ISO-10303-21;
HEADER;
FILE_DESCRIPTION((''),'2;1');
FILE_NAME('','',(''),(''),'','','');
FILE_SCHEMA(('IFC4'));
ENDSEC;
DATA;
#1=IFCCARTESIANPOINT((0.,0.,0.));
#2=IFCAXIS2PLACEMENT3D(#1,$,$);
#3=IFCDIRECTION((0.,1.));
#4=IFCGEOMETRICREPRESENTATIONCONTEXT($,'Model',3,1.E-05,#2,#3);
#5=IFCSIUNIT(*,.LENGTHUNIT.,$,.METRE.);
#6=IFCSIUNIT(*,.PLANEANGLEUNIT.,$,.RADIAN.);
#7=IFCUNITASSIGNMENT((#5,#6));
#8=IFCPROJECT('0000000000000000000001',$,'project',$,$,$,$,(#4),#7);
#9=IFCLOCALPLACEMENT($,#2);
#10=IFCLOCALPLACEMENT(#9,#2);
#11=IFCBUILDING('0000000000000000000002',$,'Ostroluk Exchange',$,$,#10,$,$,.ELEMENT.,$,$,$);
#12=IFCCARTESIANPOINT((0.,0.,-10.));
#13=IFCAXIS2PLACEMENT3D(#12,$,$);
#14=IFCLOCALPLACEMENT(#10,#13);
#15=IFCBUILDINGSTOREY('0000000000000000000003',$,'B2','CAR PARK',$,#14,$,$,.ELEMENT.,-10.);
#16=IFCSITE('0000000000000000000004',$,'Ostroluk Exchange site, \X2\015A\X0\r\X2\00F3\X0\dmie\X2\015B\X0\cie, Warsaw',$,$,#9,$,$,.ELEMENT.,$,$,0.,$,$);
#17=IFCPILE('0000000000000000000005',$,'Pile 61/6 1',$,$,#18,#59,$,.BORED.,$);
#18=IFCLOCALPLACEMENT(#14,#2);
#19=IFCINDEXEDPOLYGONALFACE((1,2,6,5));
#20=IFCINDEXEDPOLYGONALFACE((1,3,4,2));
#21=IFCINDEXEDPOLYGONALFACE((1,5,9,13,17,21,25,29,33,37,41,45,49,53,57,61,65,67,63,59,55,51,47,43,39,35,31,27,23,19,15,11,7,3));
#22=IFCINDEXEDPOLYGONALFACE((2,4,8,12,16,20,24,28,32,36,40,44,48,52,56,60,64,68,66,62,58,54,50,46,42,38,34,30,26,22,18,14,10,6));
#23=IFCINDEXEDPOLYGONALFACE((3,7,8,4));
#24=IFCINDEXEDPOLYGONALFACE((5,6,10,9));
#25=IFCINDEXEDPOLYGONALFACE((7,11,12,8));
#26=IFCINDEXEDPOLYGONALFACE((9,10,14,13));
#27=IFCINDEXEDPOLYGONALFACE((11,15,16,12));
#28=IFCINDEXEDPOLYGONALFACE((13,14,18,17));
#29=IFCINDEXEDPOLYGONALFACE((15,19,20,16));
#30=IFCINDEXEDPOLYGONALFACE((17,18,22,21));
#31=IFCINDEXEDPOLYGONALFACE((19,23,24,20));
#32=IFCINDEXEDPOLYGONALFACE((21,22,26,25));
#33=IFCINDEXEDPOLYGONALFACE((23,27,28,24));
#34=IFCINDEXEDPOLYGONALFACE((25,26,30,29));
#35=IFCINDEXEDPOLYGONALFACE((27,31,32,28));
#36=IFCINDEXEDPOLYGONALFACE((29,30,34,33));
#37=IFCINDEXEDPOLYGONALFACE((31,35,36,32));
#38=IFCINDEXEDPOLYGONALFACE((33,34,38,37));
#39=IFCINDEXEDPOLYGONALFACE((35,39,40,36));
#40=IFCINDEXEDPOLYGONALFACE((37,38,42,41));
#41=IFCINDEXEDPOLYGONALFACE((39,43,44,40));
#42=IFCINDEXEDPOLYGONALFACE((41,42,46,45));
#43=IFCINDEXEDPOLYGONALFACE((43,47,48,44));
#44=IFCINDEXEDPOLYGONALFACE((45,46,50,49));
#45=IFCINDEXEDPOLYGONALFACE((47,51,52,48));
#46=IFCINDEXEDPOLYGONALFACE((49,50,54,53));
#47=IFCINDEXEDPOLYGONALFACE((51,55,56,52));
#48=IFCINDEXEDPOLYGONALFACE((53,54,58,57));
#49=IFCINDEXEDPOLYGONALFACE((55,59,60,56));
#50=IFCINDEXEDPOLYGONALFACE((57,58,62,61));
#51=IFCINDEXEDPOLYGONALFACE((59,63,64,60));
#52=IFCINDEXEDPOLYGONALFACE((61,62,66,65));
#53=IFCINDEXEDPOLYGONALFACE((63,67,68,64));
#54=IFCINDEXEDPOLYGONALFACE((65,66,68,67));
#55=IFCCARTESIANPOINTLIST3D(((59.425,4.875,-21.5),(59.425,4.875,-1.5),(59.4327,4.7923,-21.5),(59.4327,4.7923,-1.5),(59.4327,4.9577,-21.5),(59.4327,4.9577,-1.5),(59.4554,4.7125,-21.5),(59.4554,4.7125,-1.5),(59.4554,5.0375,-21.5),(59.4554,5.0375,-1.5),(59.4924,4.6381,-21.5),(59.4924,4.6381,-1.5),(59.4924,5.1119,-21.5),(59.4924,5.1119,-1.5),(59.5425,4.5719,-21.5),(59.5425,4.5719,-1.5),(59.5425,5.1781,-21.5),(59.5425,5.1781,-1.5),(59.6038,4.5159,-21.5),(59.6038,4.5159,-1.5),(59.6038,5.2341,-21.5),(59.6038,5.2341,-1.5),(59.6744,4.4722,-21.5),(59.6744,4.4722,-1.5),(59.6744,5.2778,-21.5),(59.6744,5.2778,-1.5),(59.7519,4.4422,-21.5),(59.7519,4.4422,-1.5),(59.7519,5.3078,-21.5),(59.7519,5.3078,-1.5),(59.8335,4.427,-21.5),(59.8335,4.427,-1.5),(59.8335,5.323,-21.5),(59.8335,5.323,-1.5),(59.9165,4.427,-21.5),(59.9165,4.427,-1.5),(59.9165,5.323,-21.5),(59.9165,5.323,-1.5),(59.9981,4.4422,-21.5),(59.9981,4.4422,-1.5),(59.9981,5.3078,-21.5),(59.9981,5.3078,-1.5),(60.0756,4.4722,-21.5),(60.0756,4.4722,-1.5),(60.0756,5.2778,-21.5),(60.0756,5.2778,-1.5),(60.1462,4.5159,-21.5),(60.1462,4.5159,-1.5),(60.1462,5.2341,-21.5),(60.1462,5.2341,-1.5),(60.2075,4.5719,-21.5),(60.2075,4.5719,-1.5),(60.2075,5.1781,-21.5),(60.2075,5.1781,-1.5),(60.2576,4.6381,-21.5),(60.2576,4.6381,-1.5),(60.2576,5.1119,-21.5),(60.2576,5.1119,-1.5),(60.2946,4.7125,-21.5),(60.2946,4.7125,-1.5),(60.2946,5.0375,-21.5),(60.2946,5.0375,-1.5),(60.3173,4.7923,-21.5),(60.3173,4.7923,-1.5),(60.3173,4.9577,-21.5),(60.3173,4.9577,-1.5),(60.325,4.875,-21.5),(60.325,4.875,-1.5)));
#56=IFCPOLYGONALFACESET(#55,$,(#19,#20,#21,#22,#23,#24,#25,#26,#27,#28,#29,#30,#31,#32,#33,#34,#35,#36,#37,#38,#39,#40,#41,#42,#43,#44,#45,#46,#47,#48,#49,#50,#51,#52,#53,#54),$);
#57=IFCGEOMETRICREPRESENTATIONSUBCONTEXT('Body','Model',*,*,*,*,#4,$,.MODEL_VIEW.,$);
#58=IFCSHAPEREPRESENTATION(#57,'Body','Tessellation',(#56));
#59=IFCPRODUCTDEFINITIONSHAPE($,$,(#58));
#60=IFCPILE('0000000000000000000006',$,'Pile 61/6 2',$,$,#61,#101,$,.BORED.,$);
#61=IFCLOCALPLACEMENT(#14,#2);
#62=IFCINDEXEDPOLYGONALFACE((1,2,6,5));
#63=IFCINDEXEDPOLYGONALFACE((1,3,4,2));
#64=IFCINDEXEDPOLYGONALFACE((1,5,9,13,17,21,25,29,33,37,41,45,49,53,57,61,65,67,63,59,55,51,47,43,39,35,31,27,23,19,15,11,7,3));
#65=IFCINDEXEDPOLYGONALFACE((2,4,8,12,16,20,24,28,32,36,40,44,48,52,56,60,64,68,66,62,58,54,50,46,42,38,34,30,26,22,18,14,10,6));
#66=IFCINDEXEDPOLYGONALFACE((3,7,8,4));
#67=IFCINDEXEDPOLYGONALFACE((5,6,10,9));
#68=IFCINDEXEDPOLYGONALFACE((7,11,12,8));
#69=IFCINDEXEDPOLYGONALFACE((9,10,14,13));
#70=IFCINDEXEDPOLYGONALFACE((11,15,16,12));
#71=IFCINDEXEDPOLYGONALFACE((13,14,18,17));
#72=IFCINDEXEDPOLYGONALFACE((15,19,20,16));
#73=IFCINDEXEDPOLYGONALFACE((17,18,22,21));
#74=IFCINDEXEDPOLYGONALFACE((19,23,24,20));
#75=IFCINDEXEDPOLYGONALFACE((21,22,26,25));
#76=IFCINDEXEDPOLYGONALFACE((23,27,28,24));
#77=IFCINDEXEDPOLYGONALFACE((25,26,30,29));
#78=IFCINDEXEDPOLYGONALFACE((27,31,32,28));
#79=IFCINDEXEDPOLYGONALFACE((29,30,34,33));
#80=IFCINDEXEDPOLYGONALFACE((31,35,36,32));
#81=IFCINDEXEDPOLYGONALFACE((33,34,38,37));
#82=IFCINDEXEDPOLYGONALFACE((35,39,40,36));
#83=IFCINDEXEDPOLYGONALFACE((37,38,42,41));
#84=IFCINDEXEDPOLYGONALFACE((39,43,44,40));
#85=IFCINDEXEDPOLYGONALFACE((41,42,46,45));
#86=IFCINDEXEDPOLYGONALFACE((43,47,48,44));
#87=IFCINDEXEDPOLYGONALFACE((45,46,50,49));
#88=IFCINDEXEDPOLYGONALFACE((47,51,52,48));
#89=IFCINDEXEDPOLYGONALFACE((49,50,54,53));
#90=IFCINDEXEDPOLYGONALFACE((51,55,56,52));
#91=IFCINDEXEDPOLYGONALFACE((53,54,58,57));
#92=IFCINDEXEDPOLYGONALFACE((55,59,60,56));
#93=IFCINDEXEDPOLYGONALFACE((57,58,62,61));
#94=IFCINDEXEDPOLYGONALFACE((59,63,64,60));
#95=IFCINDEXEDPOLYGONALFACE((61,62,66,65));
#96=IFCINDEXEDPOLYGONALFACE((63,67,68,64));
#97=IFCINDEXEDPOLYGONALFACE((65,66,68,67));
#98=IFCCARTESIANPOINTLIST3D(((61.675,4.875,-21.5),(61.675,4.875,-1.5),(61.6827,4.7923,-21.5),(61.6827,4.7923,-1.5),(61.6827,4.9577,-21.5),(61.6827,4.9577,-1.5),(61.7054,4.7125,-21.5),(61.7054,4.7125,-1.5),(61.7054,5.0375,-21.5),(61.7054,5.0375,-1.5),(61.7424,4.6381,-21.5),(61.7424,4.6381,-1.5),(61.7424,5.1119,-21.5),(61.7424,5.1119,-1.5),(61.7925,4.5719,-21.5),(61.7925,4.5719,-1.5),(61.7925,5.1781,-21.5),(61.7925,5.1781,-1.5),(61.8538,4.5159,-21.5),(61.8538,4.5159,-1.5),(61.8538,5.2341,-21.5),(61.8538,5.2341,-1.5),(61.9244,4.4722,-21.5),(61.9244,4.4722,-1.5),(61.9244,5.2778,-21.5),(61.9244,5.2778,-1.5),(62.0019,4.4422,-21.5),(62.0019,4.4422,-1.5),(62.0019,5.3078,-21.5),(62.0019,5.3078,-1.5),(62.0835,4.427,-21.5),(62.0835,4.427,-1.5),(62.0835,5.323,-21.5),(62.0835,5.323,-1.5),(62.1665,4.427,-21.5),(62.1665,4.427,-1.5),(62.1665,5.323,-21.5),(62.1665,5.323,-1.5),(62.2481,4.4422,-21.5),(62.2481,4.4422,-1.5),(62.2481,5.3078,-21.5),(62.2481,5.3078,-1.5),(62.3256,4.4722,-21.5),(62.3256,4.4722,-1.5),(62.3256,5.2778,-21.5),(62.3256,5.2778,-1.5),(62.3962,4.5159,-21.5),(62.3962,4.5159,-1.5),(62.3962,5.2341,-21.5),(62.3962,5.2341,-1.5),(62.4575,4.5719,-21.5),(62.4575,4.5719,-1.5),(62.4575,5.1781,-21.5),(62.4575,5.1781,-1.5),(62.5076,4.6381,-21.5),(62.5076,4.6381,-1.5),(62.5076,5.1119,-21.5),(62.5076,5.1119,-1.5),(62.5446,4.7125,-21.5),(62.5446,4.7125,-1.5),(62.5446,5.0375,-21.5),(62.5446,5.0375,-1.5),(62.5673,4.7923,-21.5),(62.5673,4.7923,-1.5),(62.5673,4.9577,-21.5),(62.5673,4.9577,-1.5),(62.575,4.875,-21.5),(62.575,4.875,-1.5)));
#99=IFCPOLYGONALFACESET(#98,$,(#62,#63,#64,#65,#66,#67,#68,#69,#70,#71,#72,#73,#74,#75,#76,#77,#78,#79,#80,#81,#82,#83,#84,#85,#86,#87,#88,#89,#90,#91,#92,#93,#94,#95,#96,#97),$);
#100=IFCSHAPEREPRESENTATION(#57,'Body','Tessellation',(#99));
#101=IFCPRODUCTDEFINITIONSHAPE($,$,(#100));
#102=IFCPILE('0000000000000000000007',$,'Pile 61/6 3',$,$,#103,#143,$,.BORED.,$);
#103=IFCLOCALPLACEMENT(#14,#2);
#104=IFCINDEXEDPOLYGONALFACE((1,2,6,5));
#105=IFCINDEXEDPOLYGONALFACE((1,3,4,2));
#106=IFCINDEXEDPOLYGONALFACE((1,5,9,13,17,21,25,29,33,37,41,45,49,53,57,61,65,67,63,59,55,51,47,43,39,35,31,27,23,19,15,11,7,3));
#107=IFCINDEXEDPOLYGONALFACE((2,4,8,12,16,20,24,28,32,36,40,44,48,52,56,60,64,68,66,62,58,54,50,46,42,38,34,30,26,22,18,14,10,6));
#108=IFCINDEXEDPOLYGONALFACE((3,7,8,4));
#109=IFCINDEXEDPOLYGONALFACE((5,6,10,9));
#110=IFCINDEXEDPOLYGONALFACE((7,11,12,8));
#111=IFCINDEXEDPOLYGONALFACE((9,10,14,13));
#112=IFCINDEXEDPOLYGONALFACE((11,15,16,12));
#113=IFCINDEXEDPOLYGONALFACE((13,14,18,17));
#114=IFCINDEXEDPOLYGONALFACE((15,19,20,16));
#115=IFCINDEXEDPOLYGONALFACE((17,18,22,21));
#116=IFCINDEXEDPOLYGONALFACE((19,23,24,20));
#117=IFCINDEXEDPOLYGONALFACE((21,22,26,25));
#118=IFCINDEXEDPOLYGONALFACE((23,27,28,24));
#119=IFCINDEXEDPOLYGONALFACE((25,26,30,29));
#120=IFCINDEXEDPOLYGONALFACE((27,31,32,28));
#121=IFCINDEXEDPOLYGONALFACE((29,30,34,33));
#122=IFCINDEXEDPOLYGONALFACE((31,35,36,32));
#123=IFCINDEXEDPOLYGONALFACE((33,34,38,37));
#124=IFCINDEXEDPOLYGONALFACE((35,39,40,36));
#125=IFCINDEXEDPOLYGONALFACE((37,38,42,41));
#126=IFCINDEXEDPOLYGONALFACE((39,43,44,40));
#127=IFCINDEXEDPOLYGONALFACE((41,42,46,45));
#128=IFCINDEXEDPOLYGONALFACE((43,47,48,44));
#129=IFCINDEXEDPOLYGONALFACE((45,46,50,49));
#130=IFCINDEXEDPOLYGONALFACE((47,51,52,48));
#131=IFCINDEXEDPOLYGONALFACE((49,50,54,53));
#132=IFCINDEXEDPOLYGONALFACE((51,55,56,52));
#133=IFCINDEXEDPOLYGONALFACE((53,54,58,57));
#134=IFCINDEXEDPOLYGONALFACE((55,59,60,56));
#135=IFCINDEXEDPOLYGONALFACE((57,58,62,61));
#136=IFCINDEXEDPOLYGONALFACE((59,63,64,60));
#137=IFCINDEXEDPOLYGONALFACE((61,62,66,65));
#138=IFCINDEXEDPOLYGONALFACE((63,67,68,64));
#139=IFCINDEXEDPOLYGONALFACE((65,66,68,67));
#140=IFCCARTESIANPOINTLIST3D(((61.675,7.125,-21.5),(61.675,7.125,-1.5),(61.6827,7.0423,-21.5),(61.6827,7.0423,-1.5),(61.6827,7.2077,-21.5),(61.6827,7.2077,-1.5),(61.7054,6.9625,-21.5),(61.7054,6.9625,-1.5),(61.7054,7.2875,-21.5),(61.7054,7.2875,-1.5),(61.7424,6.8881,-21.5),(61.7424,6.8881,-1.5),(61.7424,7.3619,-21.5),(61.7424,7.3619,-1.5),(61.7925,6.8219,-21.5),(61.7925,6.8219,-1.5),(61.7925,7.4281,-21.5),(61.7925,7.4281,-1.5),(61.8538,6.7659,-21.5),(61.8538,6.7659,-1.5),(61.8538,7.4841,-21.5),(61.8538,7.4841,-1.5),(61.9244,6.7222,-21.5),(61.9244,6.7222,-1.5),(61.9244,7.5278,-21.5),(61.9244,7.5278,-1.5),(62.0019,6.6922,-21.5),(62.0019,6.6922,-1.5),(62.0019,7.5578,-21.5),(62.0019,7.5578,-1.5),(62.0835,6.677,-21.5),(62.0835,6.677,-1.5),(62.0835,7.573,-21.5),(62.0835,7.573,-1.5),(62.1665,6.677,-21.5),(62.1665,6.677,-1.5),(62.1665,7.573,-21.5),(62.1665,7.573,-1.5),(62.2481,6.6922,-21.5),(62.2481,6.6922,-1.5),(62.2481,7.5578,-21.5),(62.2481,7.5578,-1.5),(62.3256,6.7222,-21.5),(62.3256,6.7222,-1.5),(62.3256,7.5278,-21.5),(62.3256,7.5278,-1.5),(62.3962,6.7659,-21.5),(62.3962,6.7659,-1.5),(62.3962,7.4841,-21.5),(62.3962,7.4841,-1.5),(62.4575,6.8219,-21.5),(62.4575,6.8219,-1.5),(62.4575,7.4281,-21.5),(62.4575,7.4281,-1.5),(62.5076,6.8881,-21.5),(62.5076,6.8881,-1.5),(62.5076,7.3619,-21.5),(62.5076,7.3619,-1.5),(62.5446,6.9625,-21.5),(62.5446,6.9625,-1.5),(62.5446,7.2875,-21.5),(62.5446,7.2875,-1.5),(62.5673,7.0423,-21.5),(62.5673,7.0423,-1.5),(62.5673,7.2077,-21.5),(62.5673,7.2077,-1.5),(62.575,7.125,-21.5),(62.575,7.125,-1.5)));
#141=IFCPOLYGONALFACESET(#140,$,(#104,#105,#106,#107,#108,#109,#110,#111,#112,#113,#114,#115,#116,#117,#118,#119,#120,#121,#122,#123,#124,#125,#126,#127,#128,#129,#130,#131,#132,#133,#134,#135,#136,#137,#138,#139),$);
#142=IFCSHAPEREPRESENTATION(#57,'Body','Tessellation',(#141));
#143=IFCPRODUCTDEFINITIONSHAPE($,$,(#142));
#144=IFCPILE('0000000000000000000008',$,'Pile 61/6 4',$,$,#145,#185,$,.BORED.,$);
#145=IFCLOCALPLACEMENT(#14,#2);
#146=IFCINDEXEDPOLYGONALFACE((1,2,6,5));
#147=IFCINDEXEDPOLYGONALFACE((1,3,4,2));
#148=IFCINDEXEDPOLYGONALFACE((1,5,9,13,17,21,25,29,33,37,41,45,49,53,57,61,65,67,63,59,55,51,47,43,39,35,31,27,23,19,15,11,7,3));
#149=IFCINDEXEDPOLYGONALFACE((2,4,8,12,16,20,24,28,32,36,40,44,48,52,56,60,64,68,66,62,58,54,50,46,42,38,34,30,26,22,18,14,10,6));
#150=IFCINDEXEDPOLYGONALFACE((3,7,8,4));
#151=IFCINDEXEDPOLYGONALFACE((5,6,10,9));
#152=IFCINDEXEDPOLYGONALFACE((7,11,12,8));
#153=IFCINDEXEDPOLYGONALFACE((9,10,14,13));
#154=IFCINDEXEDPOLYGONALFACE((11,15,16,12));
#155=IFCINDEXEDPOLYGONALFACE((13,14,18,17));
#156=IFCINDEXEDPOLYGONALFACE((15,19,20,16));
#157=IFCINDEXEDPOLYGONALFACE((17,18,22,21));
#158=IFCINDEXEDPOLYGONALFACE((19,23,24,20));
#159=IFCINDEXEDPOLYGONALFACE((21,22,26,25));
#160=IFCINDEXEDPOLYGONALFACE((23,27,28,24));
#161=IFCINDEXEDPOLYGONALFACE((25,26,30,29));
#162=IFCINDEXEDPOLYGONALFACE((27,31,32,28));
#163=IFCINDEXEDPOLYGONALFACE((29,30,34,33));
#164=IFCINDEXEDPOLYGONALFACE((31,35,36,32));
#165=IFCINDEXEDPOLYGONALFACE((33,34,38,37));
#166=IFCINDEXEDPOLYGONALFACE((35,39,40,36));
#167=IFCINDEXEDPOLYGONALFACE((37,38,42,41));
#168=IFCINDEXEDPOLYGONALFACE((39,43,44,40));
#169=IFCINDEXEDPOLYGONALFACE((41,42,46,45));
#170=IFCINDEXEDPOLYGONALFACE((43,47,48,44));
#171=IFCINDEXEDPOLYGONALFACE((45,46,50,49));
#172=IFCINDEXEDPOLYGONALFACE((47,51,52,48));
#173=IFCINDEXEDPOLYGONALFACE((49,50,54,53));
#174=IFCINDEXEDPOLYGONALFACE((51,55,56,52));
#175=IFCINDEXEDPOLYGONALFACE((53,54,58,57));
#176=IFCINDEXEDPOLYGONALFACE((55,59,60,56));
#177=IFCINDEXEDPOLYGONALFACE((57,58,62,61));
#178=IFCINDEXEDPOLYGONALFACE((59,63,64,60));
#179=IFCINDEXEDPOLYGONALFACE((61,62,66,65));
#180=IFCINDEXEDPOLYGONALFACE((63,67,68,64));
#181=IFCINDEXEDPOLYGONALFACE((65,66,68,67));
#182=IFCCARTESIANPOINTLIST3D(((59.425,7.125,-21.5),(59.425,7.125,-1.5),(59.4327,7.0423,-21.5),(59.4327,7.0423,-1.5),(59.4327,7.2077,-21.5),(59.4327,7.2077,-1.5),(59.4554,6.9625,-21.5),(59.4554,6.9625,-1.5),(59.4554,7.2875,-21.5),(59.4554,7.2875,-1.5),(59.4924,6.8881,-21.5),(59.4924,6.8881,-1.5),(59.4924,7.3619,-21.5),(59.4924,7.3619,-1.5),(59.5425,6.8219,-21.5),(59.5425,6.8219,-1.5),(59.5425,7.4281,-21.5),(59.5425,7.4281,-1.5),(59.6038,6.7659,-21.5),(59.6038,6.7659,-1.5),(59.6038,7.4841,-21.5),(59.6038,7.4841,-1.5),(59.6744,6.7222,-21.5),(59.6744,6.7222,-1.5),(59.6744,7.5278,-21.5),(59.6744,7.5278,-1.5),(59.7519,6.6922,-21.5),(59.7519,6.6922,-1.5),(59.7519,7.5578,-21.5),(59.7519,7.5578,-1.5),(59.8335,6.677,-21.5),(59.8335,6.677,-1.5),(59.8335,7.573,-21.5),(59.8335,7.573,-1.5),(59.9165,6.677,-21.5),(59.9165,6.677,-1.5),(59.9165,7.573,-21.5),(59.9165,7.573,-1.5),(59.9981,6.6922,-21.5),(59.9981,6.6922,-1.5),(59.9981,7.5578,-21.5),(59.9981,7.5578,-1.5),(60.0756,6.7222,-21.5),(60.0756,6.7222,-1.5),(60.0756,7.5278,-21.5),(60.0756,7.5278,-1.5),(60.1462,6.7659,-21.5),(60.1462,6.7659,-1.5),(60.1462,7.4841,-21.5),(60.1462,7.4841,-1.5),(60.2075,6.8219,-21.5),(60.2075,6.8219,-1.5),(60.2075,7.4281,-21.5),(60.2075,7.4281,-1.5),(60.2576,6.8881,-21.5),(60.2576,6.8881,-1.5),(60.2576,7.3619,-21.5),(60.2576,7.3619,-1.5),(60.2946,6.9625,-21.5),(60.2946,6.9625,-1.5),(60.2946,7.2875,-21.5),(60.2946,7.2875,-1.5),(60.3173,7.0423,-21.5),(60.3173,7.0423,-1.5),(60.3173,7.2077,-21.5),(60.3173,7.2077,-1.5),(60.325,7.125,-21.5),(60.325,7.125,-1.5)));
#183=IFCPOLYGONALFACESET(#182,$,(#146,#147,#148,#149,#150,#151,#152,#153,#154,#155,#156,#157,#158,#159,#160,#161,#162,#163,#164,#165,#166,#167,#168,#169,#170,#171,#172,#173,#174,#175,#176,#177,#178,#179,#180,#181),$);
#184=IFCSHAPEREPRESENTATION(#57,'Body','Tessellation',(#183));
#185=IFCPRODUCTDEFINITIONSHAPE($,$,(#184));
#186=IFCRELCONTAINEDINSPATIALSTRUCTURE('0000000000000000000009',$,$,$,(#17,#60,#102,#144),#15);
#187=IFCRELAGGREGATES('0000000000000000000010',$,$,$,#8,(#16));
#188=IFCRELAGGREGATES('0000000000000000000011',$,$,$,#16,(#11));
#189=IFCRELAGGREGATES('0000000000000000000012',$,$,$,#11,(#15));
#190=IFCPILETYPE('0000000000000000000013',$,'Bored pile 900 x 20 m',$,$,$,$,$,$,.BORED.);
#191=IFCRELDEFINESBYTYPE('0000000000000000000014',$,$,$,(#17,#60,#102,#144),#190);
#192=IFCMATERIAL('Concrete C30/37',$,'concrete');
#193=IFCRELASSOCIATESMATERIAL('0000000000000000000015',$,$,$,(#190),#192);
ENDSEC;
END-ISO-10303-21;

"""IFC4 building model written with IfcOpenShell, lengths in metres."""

from ifc_helpers import new_model, si_unit, direction, frame, origin, origin_2d, place, context, subcontext, project, spatial, circle, extrude, material, type_object, element, save


model = new_model("IFC4")

# Units and contexts
model_context = context("Model", 3, precision=1e-05, world=origin(), true_north=direction((0.0, 1.0)))
body_context = subcontext(model_context, "Body", "Model", "MODEL_VIEW")
ifc_project = project(units=[si_unit("LENGTHUNIT", "METRE"), si_unit("PLANEANGLEUNIT", "RADIAN")], contexts=[model_context])

# Site, building, storey
site_placement = place(None, origin())
site = spatial("IfcSite", under=ifc_project, at=site_placement, Name="Ostroluk Exchange site, Śródmieście, Warsaw", CompositionType="ELEMENT", RefElevation=0.0)
building_placement = place(site_placement, origin())
building = spatial("IfcBuilding", under=site, at=building_placement, Name="Ostroluk Exchange", CompositionType="ELEMENT")
storey_placement = place(building_placement, frame((0.0, 0.0, -10.0)))
storey = spatial("IfcBuildingStorey", under=building, at=storey_placement, Name="B2", Description="CAR PARK", CompositionType="ELEMENT", Elevation=-10.0)

# Piles
ifc_material_1 = material(Name="Concrete C30/37", Category="concrete")
pile_type = type_object("IfcPileType", Name="Bored pile 900 x 20 m", PredefinedType="BORED", material=ifc_material_1)
for number, where, z_axis, x_axis, name in (
    (1, (59.875, 4.875, -1.5), (0.0, 0.0, -1.0), (1.0, 0.0, 0.0), "Pile 61/6 1"),
    (2, (62.125, 4.875, -1.5), (0.0, 0.0, -1.0), (1.0, 0.0, 0.0), "Pile 61/6 2"),
    (3, (62.125, 7.125, -1.5), (0.0, 0.0, -1.0), (1.0, 0.0, 0.0), "Pile 61/6 3"),
    (4, (59.875, 7.125, -1.5), (0.0, 0.0, -1.0), (1.0, 0.0, 0.0), "Pile 61/6 4"),
):
    element("IfcPile", number, at=place(storey_placement, frame(where, z_axis=z_axis, x_axis=x_axis)), inside=storey, type_object=pile_type, Name=name, PredefinedType="BORED", context=body_context, shape_type="SweptSolid", body=[
        extrude(circle(Radius=0.45, at=origin_2d()), origin(), (0.0, 0.0, 1.0), 20.0),
    ])

save(model, "model.ifc")
